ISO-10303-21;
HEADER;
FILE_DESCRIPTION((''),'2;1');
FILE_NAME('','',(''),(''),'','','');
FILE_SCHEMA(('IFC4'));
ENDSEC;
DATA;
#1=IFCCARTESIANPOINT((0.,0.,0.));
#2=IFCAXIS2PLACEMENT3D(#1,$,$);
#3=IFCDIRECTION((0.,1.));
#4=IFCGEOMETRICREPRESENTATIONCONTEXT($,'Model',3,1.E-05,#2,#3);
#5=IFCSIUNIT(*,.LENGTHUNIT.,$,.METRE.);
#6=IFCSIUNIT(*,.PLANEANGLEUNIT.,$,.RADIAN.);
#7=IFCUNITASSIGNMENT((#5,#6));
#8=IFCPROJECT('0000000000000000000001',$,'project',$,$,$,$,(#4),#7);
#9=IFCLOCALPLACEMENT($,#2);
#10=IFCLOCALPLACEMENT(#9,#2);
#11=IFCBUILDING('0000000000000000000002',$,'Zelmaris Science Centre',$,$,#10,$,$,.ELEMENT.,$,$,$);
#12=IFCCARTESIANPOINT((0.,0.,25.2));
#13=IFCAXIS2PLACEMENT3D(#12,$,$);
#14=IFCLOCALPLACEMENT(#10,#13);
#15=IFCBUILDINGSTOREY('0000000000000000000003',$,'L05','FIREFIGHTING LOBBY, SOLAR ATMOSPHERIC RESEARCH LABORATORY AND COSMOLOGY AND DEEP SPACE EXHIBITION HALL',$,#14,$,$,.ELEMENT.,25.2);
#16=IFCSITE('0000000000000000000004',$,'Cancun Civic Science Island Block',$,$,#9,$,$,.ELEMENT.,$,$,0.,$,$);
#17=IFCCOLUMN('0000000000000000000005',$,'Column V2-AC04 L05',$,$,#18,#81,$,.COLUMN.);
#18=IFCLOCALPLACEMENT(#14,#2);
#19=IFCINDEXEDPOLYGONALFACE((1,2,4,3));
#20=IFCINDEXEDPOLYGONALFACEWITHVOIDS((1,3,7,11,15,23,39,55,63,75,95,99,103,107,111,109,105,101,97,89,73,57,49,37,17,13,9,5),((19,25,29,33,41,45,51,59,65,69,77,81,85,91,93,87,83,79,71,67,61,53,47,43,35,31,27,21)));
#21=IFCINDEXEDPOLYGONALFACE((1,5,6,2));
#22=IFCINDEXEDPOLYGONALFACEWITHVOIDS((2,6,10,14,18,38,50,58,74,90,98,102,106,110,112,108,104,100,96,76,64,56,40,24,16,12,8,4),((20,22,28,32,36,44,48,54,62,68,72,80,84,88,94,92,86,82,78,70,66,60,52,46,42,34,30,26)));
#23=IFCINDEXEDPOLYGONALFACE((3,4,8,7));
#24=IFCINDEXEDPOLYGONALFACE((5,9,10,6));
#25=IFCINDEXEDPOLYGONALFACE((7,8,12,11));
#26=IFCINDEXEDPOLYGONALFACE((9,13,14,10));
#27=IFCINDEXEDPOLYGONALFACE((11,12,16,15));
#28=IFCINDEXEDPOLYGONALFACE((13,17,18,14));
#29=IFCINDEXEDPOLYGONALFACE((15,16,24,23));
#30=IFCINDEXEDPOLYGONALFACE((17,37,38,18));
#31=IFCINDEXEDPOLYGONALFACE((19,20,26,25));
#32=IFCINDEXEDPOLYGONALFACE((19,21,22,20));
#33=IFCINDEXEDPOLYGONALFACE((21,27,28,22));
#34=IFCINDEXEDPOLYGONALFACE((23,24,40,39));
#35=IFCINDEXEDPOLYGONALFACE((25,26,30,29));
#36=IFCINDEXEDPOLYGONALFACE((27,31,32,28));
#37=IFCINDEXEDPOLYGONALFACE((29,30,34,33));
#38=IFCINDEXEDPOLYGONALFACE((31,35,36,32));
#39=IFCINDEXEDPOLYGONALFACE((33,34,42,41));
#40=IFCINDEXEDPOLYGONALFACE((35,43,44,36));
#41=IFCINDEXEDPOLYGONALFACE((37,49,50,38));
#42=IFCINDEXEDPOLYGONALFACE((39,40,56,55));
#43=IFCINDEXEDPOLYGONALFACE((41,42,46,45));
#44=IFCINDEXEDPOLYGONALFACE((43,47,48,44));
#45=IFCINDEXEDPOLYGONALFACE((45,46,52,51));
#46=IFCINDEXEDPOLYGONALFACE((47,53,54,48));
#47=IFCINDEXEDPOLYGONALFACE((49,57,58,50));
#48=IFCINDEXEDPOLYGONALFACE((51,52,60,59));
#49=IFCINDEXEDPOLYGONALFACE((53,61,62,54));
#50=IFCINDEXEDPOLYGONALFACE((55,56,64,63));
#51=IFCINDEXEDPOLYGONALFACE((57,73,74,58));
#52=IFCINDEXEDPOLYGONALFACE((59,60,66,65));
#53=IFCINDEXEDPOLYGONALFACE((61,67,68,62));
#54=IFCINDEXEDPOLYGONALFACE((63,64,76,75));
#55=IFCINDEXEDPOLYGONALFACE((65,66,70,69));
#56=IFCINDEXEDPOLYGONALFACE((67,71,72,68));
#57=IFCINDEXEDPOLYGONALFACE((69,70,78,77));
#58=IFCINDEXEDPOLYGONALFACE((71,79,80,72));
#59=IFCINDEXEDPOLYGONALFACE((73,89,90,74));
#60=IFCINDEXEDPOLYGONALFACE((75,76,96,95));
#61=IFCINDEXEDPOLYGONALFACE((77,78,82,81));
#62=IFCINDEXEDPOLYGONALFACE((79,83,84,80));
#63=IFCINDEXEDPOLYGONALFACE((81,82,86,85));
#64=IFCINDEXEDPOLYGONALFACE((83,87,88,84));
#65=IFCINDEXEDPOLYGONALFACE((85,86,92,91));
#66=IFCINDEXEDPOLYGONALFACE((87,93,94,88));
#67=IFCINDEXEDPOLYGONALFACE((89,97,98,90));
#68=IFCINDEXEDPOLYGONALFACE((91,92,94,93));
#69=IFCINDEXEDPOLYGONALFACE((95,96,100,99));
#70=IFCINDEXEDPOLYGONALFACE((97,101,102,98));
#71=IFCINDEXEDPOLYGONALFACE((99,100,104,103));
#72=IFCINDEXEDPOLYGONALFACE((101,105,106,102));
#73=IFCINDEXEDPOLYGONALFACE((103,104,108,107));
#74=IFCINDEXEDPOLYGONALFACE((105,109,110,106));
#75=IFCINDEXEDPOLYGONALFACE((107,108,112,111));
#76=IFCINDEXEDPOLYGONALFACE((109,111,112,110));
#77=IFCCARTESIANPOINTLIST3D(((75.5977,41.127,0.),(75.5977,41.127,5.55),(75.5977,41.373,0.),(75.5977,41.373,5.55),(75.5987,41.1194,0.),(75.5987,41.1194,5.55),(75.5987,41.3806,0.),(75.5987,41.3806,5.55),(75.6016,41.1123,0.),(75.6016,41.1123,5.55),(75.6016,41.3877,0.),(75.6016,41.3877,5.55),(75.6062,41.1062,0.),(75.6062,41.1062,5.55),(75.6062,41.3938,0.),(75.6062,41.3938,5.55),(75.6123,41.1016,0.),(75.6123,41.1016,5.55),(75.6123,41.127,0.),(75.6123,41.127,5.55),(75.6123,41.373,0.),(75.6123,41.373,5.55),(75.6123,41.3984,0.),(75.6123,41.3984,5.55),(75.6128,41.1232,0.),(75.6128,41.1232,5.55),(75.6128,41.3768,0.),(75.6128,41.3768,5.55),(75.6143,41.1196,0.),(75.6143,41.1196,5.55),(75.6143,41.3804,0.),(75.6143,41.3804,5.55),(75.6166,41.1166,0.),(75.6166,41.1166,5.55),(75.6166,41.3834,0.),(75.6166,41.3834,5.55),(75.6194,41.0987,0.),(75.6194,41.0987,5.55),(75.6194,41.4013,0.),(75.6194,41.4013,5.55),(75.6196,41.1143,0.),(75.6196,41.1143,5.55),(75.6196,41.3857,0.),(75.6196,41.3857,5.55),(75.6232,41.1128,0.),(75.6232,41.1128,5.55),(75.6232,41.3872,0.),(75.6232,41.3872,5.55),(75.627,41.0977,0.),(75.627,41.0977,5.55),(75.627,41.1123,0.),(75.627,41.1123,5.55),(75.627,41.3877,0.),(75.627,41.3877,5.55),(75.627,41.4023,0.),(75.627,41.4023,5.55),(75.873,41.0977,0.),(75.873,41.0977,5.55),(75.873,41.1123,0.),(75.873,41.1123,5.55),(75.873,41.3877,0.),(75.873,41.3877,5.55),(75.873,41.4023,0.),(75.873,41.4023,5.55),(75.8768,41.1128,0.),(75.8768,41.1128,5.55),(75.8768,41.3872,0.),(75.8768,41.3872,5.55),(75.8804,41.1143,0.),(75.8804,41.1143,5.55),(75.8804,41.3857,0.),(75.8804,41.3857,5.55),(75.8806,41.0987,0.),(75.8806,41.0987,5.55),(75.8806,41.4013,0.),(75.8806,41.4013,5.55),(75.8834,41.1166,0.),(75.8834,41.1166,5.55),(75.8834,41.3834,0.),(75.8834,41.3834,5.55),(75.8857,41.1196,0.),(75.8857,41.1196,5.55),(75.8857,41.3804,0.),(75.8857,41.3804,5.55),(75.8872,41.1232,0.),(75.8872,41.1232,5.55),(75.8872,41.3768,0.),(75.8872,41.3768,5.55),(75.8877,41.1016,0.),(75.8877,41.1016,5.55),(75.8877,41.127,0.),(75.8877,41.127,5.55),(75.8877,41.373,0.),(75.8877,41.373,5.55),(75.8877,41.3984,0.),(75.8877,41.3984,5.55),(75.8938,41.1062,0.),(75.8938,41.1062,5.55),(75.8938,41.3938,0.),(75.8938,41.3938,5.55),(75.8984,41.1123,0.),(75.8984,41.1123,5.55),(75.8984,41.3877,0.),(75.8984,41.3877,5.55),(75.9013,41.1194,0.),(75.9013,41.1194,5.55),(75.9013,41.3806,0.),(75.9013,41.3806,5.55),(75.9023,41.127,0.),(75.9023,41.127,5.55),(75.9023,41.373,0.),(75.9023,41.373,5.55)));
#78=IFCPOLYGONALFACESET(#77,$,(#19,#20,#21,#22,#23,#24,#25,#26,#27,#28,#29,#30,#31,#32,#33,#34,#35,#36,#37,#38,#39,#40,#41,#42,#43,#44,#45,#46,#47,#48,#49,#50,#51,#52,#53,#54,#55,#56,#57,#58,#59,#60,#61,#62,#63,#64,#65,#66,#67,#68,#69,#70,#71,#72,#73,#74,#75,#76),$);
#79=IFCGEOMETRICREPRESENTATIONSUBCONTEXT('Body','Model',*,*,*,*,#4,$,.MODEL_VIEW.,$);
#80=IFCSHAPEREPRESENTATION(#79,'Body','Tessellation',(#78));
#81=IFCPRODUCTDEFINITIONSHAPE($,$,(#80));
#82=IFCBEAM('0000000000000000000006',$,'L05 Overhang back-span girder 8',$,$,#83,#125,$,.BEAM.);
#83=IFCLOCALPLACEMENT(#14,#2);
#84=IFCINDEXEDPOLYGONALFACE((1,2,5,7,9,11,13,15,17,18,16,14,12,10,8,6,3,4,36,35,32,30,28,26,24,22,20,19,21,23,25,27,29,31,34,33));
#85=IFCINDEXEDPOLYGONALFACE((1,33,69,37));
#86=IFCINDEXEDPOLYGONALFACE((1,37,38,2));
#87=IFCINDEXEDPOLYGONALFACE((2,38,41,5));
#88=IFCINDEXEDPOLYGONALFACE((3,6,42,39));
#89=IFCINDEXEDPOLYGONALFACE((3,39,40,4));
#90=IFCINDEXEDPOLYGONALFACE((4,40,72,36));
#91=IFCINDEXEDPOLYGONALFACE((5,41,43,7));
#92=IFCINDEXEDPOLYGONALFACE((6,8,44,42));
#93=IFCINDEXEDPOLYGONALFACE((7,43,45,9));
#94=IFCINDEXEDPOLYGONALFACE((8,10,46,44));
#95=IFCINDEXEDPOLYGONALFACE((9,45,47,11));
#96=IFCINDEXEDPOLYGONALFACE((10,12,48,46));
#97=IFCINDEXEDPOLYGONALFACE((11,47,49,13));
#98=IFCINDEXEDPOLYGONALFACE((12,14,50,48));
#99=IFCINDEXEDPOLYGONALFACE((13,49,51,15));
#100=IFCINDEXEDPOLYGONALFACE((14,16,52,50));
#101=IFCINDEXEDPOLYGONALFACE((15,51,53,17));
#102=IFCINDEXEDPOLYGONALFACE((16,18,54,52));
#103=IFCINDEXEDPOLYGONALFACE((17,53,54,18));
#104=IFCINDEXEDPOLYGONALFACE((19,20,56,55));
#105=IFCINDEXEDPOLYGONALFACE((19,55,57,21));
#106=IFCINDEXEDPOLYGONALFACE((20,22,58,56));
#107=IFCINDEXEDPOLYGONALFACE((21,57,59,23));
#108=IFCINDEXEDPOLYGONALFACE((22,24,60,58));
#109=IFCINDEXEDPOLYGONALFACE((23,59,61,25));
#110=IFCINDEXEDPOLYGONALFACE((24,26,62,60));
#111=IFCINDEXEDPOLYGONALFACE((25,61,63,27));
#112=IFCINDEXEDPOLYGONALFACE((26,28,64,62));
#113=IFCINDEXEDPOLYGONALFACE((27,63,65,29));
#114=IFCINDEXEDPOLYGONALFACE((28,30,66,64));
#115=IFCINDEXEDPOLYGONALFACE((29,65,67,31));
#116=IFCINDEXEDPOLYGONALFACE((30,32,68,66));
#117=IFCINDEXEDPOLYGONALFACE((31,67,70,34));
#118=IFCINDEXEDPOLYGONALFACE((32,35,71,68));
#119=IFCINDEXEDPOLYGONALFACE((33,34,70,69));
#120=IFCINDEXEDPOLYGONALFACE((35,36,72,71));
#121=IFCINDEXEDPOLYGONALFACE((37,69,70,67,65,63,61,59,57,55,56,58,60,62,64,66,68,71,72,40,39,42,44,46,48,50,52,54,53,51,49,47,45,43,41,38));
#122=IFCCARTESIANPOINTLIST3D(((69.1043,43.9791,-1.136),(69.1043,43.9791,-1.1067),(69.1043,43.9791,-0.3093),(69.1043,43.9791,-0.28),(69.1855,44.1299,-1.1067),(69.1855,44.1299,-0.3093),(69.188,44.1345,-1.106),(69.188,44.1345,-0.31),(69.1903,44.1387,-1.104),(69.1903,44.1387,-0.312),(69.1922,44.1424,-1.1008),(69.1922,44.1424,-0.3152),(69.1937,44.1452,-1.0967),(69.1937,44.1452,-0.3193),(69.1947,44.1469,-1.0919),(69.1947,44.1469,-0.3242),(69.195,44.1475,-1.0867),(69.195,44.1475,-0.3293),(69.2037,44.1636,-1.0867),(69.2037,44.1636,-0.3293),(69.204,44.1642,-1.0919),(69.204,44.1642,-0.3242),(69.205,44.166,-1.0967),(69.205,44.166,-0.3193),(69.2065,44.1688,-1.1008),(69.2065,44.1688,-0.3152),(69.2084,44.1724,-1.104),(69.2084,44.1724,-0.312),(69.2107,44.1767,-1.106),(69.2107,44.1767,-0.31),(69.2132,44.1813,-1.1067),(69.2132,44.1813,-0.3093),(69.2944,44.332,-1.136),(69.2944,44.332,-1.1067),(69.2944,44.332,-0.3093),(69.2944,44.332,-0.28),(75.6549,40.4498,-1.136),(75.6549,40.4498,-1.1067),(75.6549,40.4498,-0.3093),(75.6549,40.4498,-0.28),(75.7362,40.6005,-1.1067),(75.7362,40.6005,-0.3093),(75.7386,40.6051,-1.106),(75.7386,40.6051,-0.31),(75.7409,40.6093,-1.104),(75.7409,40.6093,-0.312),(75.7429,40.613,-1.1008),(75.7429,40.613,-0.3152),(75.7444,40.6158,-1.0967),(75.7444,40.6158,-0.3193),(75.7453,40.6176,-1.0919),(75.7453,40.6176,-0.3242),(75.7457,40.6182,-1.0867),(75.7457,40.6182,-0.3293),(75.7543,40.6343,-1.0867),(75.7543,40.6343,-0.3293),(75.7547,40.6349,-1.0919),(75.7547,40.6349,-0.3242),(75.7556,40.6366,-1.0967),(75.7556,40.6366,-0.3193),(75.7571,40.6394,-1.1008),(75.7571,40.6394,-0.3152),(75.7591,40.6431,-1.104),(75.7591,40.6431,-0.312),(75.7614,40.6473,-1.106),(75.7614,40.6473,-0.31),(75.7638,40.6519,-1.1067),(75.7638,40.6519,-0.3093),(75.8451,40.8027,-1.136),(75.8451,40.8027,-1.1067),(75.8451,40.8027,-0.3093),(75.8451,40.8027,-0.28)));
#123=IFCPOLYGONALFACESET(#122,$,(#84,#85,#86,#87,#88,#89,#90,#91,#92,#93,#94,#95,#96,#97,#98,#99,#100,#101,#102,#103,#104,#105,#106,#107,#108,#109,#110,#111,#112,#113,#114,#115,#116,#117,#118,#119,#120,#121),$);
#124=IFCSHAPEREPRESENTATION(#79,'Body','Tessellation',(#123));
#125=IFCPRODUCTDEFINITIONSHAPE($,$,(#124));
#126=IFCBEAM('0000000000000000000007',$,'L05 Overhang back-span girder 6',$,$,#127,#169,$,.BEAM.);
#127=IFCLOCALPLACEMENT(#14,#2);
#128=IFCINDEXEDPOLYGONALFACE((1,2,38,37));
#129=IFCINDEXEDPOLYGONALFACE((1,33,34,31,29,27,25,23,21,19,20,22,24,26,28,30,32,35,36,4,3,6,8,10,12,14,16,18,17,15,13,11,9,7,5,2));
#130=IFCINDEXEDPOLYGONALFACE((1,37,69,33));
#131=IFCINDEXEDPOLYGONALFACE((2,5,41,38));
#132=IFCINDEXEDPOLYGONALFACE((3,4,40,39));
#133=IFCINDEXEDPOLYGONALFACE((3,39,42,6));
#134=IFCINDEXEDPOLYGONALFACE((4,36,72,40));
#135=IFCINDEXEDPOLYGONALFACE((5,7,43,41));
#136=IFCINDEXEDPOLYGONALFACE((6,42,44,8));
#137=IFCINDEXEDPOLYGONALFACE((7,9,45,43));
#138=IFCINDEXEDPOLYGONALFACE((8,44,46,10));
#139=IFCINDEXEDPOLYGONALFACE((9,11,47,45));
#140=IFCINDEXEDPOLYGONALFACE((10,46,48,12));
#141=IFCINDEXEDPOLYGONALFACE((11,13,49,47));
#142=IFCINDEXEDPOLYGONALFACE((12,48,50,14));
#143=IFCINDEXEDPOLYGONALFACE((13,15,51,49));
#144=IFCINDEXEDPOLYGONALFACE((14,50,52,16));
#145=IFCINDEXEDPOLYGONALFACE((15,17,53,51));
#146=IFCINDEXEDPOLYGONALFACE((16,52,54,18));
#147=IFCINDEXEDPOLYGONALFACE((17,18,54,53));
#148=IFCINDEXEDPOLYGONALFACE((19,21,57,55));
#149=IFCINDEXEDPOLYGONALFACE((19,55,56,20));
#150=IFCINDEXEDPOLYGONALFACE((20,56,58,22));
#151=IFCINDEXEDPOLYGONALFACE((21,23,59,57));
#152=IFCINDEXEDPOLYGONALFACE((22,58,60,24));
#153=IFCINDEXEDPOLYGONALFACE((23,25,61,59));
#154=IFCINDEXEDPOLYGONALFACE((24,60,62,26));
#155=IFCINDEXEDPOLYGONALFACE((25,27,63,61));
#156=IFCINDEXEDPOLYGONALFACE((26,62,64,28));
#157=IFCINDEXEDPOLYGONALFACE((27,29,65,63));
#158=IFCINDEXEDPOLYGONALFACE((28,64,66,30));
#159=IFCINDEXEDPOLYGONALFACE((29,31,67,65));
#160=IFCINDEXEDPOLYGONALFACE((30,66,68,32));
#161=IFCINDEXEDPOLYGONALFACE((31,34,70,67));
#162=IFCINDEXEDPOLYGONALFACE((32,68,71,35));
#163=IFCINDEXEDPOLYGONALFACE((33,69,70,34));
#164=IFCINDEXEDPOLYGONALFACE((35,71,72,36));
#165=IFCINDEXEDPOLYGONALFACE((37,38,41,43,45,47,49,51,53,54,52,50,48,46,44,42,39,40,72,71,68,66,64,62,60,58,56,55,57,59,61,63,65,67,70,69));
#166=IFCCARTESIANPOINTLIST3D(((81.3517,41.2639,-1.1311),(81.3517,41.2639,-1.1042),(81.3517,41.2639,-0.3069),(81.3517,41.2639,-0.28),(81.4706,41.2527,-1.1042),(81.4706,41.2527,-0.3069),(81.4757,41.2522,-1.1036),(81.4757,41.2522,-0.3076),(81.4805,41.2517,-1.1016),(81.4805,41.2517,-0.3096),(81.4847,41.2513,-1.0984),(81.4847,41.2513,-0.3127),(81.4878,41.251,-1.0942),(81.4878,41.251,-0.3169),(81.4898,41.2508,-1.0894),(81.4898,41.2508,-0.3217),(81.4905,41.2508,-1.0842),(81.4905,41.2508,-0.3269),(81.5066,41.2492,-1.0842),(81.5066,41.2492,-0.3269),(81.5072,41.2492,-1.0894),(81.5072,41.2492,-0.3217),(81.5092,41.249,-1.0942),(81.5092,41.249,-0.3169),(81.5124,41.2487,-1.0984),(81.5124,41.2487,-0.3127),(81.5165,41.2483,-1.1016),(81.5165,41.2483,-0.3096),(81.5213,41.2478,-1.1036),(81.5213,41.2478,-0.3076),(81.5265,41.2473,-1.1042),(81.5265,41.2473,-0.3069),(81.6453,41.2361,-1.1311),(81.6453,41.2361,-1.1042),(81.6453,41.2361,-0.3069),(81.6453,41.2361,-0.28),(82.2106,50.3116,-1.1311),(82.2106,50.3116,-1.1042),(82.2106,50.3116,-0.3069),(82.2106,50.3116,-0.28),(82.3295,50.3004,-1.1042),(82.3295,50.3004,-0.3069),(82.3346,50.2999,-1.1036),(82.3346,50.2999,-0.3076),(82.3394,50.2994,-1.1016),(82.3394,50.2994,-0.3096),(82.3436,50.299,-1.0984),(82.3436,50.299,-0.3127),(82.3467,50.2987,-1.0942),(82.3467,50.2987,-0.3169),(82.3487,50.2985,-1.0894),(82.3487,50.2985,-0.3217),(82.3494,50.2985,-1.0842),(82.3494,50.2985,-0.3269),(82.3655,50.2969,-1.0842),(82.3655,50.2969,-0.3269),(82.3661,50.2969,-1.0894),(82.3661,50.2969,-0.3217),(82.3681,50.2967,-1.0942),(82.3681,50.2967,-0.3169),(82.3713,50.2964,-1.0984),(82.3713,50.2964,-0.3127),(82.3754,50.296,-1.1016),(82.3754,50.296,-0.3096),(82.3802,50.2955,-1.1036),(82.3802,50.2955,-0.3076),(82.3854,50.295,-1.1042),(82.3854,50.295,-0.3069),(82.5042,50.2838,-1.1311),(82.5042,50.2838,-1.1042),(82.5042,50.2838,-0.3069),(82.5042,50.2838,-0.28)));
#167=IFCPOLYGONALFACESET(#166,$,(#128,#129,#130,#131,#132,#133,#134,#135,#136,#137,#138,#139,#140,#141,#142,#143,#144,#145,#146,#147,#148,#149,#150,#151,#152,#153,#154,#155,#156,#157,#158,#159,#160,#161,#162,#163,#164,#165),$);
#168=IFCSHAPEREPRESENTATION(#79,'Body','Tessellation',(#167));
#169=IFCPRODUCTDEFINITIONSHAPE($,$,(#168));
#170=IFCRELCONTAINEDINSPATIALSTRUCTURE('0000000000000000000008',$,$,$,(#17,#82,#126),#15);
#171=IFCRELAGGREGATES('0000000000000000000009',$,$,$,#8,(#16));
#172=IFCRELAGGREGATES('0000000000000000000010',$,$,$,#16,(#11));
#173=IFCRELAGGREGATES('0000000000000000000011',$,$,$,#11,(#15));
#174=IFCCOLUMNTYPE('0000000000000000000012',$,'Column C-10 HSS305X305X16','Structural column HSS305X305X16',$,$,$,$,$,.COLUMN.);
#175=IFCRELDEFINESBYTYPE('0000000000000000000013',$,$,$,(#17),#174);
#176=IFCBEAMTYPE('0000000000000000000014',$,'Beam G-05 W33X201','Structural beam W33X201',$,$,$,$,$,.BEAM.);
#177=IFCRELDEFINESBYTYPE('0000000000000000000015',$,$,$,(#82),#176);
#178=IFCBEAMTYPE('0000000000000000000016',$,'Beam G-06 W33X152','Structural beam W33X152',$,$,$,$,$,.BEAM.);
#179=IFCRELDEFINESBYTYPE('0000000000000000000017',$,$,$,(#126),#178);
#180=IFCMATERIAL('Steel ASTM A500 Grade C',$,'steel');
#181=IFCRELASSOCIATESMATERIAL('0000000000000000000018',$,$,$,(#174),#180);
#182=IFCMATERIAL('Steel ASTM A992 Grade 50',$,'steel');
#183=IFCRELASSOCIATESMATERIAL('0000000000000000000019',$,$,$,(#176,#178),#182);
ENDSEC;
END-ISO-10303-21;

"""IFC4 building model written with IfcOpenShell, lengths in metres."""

from ifc_helpers import new_model, si_unit, direction, frame, origin, origin_2d, place, context, subcontext, project, spatial, hollow_rectangle, i_section, extrude, material, material_profile, profile_set, type_object, element, save


model = new_model("IFC4")

# Units and contexts
model_context = context("Model", 3, precision=1e-05, world=origin(), true_north=direction((0.0, 1.0)))
body_context = subcontext(model_context, "Body", "Model", "MODEL_VIEW")
ifc_project = project(units=[si_unit("LENGTHUNIT", "METRE"), si_unit("PLANEANGLEUNIT", "RADIAN")], contexts=[model_context])

# Site, building, storey
site_placement = place(None, origin())
site = spatial("IfcSite", under=ifc_project, at=site_placement, Name="Cancun Civic Science Island Block", CompositionType="ELEMENT", RefElevation=0.0)
building_placement = place(site_placement, origin())
building = spatial("IfcBuilding", under=site, at=building_placement, Name="Zelmaris Science Centre", CompositionType="ELEMENT")
storey_placement = place(building_placement, frame((0.0, 0.0, 25.2)))
storey = spatial("IfcBuildingStorey", under=building, at=storey_placement, Name="L05", Description="FIREFIGHTING LOBBY, SOLAR ATMOSPHERIC RESEARCH LABORATORY AND COSMOLOGY AND DEEP SPACE EXHIBITION HALL", CompositionType="ELEMENT", Elevation=25.2)

# Column
ifc_material_1 = material(Name="Steel ASTM A992 Grade 50", Category="steel")
ifc_material_2 = material(Name="Steel ASTM A500 Grade C", Category="steel")
ifc_material_profile_1 = material_profile(ifc_material_2, hollow_rectangle(XDim=0.3047, YDim=0.3047, WallThickness=0.0146, InnerFilletRadius=0.0146, OuterFilletRadius=0.0293, at=origin_2d()), Name="HSS305X305X16")
ifc_profile_set_1 = profile_set([ifc_material_profile_1], Name="Steel ASTM A500 Grade C")
column_type_1 = type_object("IfcColumnType", Name="Column C-10 HSS305X305X16", Description="Structural column HSS305X305X16", PredefinedType="COLUMN", material=ifc_profile_set_1)
for number, where, z_axis, x_axis, name in (
    (1, (75.75, 41.25, 0.0), (0.0, 0.0, 1.0), (1.0, 0.0, 0.0), "Column V2-AC04 L05"),
):
    element("IfcColumn", number, at=place(storey_placement, frame(where, z_axis=z_axis, x_axis=x_axis)), inside=storey, type_object=column_type_1, Name=name, PredefinedType="COLUMN", context=body_context, shape_type="SweptSolid", body=[
        extrude(hollow_rectangle(XDim=0.3047, YDim=0.3047, WallThickness=0.0146, InnerFilletRadius=0.0146, OuterFilletRadius=0.0293, at=origin_2d()), origin(), (0.0, 0.0, 1.0), 5.55),
    ])

# Beams
ifc_material_profile_2 = material_profile(ifc_material_1, i_section(OverallWidth=0.4009, OverallDepth=0.856, WebThickness=0.0183, FlangeThickness=0.0293, FilletRadius=0.02, at=origin_2d()), Name="W33X201")
ifc_profile_set_2 = profile_set([ifc_material_profile_2], Name="Steel ASTM A992 Grade 50")
beam_type_1 = type_object("IfcBeamType", Name="Beam G-05 W33X201", Description="Structural beam W33X201", PredefinedType="BEAM", material=ifc_profile_set_2)
beam_1_placement = place(storey_placement, frame((75.75, 40.6262, -0.708), z_axis=(-0.880354, 0.474317, 0.0), x_axis=(-0.474317, -0.880354, 0.0)))
element("IfcBeam", 2, at=beam_1_placement, inside=storey, type_object=beam_type_1, Name="L05 Overhang back-span girder 8", PredefinedType="BEAM", context=body_context, shape_type="SweptSolid", body=[
    extrude(i_section(OverallWidth=0.4009, OverallDepth=0.856, WebThickness=0.0183, FlangeThickness=0.0293, FilletRadius=0.02, at=origin_2d()), origin(), (0.0, 0.0, 1.0), 7.4409),
])
ifc_material_profile_3 = material_profile(ifc_material_1, i_section(OverallWidth=0.2949, OverallDepth=0.8511, WebThickness=0.0161, FlangeThickness=0.0269, FilletRadius=0.02, at=origin_2d()), Name="W33X152")
ifc_profile_set_3 = profile_set([ifc_material_profile_3], Name="Steel ASTM A992 Grade 50")
beam_type_2 = type_object("IfcBeamType", Name="Beam G-06 W33X152", Description="Structural beam W33X152", PredefinedType="BEAM", material=ifc_profile_set_3)
beam_2_placement = place(storey_placement, frame((81.4985, 41.25, -0.7056), z_axis=(0.094505, 0.995524, 0.0), x_axis=(-0.995524, 0.094505, 0.0)))
element("IfcBeam", 3, at=beam_2_placement, inside=storey, type_object=beam_type_2, Name="L05 Overhang back-span girder 6", PredefinedType="BEAM", context=body_context, shape_type="SweptSolid", body=[
    extrude(i_section(OverallWidth=0.2949, OverallDepth=0.8511, WebThickness=0.0161, FlangeThickness=0.0269, FilletRadius=0.02, at=origin_2d()), origin(), (0.0, 0.0, 1.0), 9.0884),
])

save(model, "model.ifc")
